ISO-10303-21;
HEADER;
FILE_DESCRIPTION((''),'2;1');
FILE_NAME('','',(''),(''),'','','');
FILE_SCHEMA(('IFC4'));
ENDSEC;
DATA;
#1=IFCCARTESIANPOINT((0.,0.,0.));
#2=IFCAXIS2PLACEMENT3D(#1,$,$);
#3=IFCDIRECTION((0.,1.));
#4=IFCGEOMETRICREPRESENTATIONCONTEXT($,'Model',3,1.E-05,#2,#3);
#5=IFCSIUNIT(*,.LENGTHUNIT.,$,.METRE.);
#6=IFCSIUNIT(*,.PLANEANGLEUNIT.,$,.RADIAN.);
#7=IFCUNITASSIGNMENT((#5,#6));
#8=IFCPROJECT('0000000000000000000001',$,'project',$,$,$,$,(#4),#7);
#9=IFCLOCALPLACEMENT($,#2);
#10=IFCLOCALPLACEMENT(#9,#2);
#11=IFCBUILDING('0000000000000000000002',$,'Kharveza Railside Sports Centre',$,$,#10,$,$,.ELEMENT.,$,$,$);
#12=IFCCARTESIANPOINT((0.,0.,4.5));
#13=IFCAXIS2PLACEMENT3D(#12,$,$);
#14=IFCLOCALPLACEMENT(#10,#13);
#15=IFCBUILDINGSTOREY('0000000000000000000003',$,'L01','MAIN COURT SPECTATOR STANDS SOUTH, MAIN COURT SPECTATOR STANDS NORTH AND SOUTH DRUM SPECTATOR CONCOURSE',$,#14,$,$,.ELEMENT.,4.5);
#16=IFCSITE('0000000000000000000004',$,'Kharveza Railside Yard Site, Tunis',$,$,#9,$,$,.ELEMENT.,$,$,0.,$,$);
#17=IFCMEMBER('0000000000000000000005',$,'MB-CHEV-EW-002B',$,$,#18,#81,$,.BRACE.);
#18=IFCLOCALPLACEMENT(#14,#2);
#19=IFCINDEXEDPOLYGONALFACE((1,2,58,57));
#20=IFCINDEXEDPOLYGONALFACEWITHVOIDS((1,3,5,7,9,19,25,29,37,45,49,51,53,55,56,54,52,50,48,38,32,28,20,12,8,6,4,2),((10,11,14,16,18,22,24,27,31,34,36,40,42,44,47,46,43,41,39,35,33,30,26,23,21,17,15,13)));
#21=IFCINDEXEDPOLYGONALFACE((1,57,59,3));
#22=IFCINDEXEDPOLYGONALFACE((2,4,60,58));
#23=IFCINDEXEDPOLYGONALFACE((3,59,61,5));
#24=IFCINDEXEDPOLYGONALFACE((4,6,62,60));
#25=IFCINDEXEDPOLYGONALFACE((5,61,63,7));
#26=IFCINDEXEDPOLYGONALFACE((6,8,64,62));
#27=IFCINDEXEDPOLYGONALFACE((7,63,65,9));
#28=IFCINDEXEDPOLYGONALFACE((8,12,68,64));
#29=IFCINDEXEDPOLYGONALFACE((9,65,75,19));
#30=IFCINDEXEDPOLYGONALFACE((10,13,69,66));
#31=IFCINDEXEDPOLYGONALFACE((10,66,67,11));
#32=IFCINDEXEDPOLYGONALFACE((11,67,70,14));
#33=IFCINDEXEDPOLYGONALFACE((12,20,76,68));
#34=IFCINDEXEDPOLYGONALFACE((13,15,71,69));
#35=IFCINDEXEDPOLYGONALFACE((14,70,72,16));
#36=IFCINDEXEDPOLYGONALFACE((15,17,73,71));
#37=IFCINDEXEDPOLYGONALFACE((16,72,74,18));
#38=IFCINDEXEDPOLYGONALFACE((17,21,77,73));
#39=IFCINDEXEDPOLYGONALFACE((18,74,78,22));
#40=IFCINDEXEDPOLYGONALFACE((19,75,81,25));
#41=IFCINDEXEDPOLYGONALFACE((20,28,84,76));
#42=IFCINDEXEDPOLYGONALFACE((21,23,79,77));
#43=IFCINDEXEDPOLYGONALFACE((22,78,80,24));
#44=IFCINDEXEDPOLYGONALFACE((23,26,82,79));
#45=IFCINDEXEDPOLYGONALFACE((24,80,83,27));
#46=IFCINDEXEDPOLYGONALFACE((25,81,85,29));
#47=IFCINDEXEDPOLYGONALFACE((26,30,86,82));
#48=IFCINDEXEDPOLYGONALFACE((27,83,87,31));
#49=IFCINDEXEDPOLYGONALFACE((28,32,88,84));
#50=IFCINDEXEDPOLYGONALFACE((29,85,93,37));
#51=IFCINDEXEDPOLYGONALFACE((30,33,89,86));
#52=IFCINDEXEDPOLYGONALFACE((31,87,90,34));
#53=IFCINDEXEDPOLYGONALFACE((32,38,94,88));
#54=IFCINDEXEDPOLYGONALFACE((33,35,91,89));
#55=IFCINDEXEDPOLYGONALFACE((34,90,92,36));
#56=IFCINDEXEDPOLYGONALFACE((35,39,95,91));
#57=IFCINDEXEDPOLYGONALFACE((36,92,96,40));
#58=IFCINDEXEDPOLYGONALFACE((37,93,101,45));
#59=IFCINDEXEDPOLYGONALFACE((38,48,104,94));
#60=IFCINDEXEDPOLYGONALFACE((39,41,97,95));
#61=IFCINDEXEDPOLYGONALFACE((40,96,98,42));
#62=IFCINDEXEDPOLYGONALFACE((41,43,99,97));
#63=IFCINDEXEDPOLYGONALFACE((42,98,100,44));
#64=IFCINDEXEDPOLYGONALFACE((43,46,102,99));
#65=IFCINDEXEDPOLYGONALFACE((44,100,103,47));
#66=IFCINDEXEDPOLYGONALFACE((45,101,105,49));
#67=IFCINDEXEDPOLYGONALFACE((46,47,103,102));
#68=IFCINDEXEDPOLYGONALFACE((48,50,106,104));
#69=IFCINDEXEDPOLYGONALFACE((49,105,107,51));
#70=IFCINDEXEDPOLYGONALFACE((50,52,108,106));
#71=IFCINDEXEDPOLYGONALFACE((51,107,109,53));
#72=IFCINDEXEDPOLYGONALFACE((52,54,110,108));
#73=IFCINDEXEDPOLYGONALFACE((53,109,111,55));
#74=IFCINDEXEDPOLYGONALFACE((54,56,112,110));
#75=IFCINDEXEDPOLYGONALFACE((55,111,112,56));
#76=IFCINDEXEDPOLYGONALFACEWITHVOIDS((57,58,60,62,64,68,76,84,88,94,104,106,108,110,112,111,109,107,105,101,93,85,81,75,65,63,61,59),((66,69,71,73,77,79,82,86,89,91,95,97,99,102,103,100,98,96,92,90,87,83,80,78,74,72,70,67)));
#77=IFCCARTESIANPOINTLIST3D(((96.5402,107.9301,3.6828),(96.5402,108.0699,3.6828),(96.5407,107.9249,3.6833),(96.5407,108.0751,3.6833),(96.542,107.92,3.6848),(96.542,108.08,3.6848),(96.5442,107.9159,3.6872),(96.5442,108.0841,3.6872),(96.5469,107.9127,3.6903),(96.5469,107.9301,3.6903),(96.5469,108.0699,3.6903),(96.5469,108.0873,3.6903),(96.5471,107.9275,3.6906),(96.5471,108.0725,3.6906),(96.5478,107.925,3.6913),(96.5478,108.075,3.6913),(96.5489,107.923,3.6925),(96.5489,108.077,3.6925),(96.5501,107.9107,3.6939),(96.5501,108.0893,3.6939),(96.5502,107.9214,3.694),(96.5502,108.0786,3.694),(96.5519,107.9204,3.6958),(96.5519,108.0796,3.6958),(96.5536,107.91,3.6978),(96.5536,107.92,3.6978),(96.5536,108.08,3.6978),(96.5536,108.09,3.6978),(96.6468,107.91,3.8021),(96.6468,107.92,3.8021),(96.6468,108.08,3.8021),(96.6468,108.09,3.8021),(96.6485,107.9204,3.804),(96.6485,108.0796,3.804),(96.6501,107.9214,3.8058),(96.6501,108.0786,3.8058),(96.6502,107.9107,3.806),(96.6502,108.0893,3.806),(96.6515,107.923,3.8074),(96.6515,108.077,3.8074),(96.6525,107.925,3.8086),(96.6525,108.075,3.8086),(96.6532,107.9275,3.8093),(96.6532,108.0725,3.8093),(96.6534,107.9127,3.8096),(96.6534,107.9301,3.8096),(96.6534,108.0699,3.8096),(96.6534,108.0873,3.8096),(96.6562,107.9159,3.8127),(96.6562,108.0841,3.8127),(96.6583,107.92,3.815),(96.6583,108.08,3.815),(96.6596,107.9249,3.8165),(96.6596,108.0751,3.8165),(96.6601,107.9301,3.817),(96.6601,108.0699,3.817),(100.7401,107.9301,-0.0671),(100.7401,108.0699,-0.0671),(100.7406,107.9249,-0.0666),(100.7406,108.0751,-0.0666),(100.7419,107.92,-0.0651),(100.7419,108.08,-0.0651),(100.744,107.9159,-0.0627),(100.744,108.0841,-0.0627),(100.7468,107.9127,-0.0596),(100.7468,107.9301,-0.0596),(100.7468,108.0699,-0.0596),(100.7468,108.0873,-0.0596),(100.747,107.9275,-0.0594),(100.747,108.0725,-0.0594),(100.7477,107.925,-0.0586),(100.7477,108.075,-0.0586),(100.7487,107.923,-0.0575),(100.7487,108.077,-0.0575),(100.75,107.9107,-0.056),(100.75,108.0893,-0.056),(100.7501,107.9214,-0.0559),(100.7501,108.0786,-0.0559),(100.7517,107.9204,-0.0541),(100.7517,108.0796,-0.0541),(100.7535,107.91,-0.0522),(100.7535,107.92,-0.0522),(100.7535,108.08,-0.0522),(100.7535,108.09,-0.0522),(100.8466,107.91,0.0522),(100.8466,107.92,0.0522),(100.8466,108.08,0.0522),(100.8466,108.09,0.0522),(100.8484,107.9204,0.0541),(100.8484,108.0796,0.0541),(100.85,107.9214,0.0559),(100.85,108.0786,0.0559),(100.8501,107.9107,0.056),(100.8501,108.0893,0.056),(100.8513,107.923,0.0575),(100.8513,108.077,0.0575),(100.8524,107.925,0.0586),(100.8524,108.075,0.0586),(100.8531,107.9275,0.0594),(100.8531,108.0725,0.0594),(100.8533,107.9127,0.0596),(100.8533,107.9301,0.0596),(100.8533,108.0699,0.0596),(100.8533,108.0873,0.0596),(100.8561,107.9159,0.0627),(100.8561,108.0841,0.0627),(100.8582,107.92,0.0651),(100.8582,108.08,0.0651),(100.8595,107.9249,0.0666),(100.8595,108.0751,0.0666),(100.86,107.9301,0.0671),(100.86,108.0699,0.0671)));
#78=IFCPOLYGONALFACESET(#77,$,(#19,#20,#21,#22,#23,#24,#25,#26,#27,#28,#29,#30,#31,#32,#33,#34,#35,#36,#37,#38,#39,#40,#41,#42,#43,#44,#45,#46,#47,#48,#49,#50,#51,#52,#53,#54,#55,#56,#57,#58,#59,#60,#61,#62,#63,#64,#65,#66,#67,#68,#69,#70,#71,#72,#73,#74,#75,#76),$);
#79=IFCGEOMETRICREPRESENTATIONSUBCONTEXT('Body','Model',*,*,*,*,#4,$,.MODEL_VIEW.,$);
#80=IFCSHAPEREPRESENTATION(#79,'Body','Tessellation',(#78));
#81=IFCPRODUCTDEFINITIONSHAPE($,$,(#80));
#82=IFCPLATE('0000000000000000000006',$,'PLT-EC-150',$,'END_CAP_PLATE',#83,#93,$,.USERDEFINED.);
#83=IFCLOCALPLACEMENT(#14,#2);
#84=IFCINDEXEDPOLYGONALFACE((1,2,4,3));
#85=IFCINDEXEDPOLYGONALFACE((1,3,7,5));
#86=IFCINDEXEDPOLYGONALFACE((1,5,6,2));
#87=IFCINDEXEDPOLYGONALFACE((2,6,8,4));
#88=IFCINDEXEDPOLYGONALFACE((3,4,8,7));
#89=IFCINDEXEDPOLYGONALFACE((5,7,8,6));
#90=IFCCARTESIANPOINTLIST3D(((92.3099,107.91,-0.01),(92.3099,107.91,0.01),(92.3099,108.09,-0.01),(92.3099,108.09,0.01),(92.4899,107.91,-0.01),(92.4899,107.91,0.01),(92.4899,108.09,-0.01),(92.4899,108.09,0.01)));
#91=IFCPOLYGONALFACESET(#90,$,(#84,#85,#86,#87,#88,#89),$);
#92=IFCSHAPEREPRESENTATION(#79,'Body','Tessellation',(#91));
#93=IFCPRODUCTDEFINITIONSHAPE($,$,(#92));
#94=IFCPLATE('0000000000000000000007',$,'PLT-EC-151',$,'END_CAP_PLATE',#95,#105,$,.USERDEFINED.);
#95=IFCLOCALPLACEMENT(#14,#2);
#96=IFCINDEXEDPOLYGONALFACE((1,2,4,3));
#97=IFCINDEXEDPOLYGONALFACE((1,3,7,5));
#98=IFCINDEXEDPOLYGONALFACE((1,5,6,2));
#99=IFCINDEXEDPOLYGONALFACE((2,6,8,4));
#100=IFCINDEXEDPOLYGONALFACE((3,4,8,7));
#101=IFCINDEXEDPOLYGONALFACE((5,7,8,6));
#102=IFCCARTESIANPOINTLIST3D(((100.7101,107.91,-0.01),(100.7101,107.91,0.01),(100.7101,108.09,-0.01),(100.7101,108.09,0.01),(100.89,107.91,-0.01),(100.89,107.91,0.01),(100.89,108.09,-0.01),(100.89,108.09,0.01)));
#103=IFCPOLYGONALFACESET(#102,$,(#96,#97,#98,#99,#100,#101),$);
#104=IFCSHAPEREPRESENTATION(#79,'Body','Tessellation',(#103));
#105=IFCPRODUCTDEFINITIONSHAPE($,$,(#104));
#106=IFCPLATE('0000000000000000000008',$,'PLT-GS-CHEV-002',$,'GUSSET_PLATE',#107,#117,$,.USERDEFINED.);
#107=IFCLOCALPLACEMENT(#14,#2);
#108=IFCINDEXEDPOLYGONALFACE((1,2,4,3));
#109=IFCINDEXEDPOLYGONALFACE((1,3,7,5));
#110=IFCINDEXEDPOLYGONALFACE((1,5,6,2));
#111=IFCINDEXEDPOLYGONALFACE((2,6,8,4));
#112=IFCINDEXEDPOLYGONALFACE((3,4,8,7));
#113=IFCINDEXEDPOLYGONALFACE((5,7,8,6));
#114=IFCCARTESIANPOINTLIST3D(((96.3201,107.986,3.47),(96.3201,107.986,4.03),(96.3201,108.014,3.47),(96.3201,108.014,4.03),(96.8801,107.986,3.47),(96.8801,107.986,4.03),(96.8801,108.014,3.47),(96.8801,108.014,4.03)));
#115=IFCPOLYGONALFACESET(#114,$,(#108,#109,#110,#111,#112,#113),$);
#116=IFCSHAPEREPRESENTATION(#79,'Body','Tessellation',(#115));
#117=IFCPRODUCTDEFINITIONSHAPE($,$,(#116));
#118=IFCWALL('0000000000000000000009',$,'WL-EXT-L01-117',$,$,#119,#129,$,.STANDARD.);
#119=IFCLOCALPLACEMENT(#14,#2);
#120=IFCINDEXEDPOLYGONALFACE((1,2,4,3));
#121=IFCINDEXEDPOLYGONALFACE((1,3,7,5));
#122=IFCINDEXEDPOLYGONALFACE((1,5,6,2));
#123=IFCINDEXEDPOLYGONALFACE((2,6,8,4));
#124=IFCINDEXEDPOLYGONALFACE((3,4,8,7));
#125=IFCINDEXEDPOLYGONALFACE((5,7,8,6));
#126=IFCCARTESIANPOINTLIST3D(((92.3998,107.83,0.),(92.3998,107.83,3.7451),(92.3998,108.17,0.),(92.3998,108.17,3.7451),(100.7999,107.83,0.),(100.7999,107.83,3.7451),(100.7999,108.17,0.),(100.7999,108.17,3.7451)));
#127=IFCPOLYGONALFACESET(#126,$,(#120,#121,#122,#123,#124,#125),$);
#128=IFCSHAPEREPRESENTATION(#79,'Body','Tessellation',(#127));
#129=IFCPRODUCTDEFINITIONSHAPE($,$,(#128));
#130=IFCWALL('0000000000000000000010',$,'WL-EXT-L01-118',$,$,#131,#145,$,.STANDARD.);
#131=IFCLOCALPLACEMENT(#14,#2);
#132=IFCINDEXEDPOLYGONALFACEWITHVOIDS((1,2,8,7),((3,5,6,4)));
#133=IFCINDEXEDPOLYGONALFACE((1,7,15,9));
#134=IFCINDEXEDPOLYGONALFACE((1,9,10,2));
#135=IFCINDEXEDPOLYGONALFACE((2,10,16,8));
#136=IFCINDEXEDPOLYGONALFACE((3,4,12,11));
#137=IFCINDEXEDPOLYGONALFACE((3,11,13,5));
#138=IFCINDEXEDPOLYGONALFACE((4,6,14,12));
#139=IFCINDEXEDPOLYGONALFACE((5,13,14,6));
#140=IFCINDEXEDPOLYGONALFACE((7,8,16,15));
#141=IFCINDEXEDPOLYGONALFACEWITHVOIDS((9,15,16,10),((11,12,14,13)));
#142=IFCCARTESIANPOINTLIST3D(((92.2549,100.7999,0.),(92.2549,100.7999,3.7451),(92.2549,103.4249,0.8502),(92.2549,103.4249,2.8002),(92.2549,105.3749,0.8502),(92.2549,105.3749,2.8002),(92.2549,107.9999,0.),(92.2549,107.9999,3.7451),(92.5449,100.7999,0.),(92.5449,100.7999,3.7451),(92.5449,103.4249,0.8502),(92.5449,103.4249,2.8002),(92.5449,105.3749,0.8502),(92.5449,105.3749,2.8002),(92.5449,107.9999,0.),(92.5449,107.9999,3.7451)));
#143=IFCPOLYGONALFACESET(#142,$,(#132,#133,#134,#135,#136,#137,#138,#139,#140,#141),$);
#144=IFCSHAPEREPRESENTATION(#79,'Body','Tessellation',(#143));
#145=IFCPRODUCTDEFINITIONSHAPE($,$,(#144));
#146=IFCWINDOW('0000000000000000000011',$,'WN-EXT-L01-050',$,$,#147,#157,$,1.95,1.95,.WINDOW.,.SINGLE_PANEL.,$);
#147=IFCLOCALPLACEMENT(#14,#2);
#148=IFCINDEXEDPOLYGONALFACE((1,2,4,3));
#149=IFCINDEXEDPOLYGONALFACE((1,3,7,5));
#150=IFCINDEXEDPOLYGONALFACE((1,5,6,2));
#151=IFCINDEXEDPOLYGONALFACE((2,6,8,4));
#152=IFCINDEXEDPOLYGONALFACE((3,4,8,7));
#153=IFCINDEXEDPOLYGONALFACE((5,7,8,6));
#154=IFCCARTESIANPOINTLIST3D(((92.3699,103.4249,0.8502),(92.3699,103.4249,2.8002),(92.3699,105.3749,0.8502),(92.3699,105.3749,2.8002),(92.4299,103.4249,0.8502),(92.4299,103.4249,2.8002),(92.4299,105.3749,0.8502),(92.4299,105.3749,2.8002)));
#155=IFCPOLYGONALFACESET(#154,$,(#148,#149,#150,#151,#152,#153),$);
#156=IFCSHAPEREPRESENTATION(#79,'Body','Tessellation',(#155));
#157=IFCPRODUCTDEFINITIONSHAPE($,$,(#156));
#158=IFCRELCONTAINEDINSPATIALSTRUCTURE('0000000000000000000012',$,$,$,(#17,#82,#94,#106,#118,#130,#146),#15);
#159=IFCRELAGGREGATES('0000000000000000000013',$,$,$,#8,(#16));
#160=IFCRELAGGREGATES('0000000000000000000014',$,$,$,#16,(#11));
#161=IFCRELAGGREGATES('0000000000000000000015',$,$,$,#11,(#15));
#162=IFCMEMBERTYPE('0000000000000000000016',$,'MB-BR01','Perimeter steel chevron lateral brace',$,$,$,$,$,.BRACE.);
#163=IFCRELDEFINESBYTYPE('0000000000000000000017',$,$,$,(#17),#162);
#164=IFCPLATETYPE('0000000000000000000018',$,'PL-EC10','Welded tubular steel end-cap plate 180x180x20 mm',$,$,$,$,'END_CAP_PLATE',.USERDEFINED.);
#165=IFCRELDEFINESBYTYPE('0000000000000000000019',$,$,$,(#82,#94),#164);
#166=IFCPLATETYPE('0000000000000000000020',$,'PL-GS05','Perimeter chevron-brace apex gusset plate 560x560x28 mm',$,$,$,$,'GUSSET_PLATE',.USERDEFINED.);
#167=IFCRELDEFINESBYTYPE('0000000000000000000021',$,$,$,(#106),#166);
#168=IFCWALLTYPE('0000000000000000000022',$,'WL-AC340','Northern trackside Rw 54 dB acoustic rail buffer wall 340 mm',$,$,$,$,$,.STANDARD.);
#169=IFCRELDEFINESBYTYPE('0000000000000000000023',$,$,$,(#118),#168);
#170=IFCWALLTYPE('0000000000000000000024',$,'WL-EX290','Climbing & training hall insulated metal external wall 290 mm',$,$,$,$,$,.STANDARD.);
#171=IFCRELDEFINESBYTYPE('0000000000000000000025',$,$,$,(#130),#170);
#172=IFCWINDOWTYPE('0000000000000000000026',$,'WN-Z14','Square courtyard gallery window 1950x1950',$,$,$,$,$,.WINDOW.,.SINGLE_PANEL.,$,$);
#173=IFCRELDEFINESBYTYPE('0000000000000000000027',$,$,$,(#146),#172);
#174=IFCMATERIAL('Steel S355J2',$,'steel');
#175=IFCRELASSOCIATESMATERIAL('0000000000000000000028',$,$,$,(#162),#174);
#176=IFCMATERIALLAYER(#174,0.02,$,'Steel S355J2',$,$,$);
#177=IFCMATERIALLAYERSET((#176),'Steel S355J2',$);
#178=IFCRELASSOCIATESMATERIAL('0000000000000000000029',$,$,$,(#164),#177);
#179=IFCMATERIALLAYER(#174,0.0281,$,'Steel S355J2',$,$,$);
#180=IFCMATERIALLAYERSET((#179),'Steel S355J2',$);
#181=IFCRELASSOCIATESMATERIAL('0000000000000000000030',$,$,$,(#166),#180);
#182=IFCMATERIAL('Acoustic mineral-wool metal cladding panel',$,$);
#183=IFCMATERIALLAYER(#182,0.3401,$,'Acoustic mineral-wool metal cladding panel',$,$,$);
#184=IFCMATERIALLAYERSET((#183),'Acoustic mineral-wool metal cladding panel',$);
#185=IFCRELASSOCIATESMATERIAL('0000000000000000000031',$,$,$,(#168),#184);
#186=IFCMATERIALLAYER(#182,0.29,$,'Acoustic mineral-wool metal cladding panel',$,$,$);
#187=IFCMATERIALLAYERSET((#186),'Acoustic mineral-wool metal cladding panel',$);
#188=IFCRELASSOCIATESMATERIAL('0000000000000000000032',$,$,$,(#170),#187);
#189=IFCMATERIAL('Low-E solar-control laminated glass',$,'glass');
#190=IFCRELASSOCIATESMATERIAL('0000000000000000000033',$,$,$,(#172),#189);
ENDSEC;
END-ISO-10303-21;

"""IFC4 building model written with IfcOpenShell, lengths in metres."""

from ifc_helpers import new_model, si_unit, direction, frame, frame_2d, origin, origin_2d, place, context, subcontext, project, spatial, rectangle, hollow_rectangle, extrude, material, layer, layer_set, material_profile, profile_set, type_object, element, fill, save


model = new_model("IFC4")

# Units and contexts
model_context = context("Model", 3, precision=1e-05, world=origin(), true_north=direction((0.0, 1.0)))
body_context = subcontext(model_context, "Body", "Model", "MODEL_VIEW")
ifc_project = project(units=[si_unit("LENGTHUNIT", "METRE"), si_unit("PLANEANGLEUNIT", "RADIAN")], contexts=[model_context])

# Site, building, storey
site_placement = place(None, origin())
site = spatial("IfcSite", under=ifc_project, at=site_placement, Name="Kharveza Railside Yard Site, Tunis", CompositionType="ELEMENT", RefElevation=0.0)
building_placement = place(site_placement, origin())
building = spatial("IfcBuilding", under=site, at=building_placement, Name="Kharveza Railside Sports Centre", CompositionType="ELEMENT")
storey_placement = place(building_placement, frame((0.0, 0.0, 4.5)))
storey = spatial("IfcBuildingStorey", under=building, at=storey_placement, Name="L01", Description="MAIN COURT SPECTATOR STANDS SOUTH, MAIN COURT SPECTATOR STANDS NORTH AND SOUTH DRUM SPECTATOR CONCOURSE", CompositionType="ELEMENT", Elevation=4.5)

# Shared definitions
ifc_material_1 = material(Name="Steel S355J2", Category="steel")

# Member
ifc_material_profile_1 = material_profile(ifc_material_1, hollow_rectangle(XDim=0.1799, YDim=0.1799, WallThickness=0.01, InnerFilletRadius=0.01, OuterFilletRadius=0.02, at=origin_2d()), Name="SHS 180x180x10.0")
ifc_profile_set_1 = profile_set([ifc_material_profile_1], Name="Steel S355J2")
member_type = type_object("IfcMemberType", Name="MB-BR01", Description="Perimeter steel chevron lateral brace", PredefinedType="BRACE", material=ifc_profile_set_1)
member_1_placement = place(storey_placement, frame((100.8, 108.0, 0.0), z_axis=(-0.745934, 0.0, 0.66602), x_axis=(0.0, -1.0, 0.0)))
element("IfcMember", 1, at=member_1_placement, inside=storey, type_object=member_type, Name="MB-CHEV-EW-002B", PredefinedType="BRACE", context=body_context, shape_type="SweptSolid", body=[
    extrude(hollow_rectangle(XDim=0.1799, YDim=0.1799, WallThickness=0.01, InnerFilletRadius=0.01, OuterFilletRadius=0.02, at=origin_2d()), origin(), (0.0, 0.0, 1.0), 5.6304),
])

# Plates
ifc_layer_1 = layer(ifc_material_1, 0.02, Name="Steel S355J2")
ifc_layer_set_1 = layer_set([ifc_layer_1], Name="Steel S355J2")
plate_type_1 = type_object("IfcPlateType", Name="PL-EC10", Description="Welded tubular steel end-cap plate 180x180x20 mm", ElementType="END_CAP_PLATE", PredefinedType="USERDEFINED", material=ifc_layer_set_1)
for number, where, z_axis, x_axis, name in (
    (2, (92.3999, 108.0, -0.01), (0.0, 0.0, 1.0), (1.0, 0.0, 0.0), "PLT-EC-150"),
    (3, (100.8, 108.0, -0.01), (0.0, 0.0, 1.0), (1.0, 0.0, 0.0), "PLT-EC-151"),
):
    element("IfcPlate", number, at=place(storey_placement, frame(where, z_axis=z_axis, x_axis=x_axis)), inside=storey, type_object=plate_type_1, Name=name, ObjectType="END_CAP_PLATE", PredefinedType="USERDEFINED", context=body_context, shape_type="SweptSolid", body=[
        extrude(rectangle(XDim=0.1799, YDim=0.1799, at=origin_2d()), origin(), (0.0, 0.0, 1.0), 0.02),
    ])
ifc_layer_2 = layer(ifc_material_1, 0.0281, Name="Steel S355J2")
ifc_layer_set_2 = layer_set([ifc_layer_2], Name="Steel S355J2")
plate_type_2 = type_object("IfcPlateType", Name="PL-GS05", Description="Perimeter chevron-brace apex gusset plate 560x560x28 mm", ElementType="GUSSET_PLATE", PredefinedType="USERDEFINED", material=ifc_layer_set_2)
plate_placement = place(storey_placement, frame((96.6001, 108.0, 3.47), z_axis=(0.0, 0.0, 1.0), x_axis=(1.0, 0.0, 0.0)))
element("IfcPlate", 4, at=plate_placement, inside=storey, type_object=plate_type_2, Name="PLT-GS-CHEV-002", ObjectType="GUSSET_PLATE", PredefinedType="USERDEFINED", context=body_context, shape_type="SweptSolid", body=[
    extrude(rectangle(XDim=0.5601, YDim=0.0281, at=origin_2d()), origin(), (0.0, 0.0, 1.0), 0.5601),
])

# Wall
ifc_material_2 = material(Name="Acoustic mineral-wool metal cladding panel")
ifc_layer_3 = layer(ifc_material_2, 0.3401, Name="Acoustic mineral-wool metal cladding panel")
ifc_layer_set_3 = layer_set([ifc_layer_3], Name="Acoustic mineral-wool metal cladding panel")
wall_type_1 = type_object("IfcWallType", Name="WL-AC340", Description="Northern trackside Rw 54 dB acoustic rail buffer wall 340 mm", PredefinedType="STANDARD", material=ifc_layer_set_3)
wall_1_placement = place(storey_placement, frame((100.8, 108.0, 0.0), z_axis=(0.0, 0.0, 1.0), x_axis=(-1.0, 0.0, 0.0)))
element("IfcWall", 5, at=wall_1_placement, inside=storey, type_object=wall_type_1, Name="WL-EXT-L01-117", PredefinedType="STANDARD", context=body_context, shape_type="SweptSolid", body=[
    extrude(rectangle(XDim=8.4001, YDim=0.3401, at=frame_2d((4.2002, 0.0))), origin(), (0.0, 0.0, 1.0), 3.7451),
])

# Wall, opening, window
ifc_layer_4 = layer(ifc_material_2, 0.29, Name="Acoustic mineral-wool metal cladding panel")
ifc_layer_set_4 = layer_set([ifc_layer_4], Name="Acoustic mineral-wool metal cladding panel")
wall_type_2 = type_object("IfcWallType", Name="WL-EX290", Description="Climbing & training hall insulated metal external wall 290 mm", PredefinedType="STANDARD", material=ifc_layer_set_4)
wall_2_placement = place(storey_placement, frame((92.3999, 108.0, 0.0), z_axis=(0.0, 0.0, 1.0), x_axis=(0.0, -1.0, 0.0)))
wall_2 = element("IfcWall", 6, at=wall_2_placement, inside=storey, type_object=wall_type_2, Name="WL-EXT-L01-118", PredefinedType="STANDARD", context=body_context, shape_type="SweptSolid", body=[
    extrude(rectangle(XDim=7.2, YDim=0.29, at=frame_2d((3.6001, 0.0))), origin(), (0.0, 0.0, 1.0), 3.7451),
])
opening_1_placement = place(wall_2_placement, frame((2.625, 0.0, 0.8501)))
opening_1 = element("IfcOpeningElement", 7, at=opening_1_placement, cuts=wall_2, PredefinedType="OPENING", context=body_context, shape_type="SweptSolid", body=[
    extrude(rectangle(XDim=1.95, YDim=1.95, at=frame_2d((0.9751, 0.9751))), frame((0.0, 0.1699, 0.0), z_axis=(0.0, -1.0, 0.0), x_axis=(1.0, 0.0, 0.0)), (0.0, 0.0, 1.0), 0.3398),
])
ifc_material_3 = material(Name="Low-E solar-control laminated glass", Category="glass")
window_type_1 = type_object("IfcWindowType", Name="WN-Z14", Description="Square courtyard gallery window 1950x1950", PartitioningType="SINGLE_PANEL", PredefinedType="WINDOW", material=ifc_material_3)
window_1_placement = place(opening_1_placement, origin())
window_1 = element("IfcWindow", 8, at=window_1_placement, inside=storey, type_object=window_type_1, Name="WN-EXT-L01-050", OverallHeight=1.95, OverallWidth=1.95, PartitioningType="SINGLE_PANEL", PredefinedType="WINDOW", context=body_context, shape_type="SweptSolid", body=[
    extrude(rectangle(XDim=1.95, YDim=1.95, at=frame_2d((0.9751, 0.9751))), frame((0.0, 0.03, 0.0), z_axis=(0.0, -1.0, 0.0), x_axis=(1.0, 0.0, 0.0)), (0.0, 0.0, 1.0), 0.0601),
])
fill(opening_1, window_1)

save(model, "model.ifc")
